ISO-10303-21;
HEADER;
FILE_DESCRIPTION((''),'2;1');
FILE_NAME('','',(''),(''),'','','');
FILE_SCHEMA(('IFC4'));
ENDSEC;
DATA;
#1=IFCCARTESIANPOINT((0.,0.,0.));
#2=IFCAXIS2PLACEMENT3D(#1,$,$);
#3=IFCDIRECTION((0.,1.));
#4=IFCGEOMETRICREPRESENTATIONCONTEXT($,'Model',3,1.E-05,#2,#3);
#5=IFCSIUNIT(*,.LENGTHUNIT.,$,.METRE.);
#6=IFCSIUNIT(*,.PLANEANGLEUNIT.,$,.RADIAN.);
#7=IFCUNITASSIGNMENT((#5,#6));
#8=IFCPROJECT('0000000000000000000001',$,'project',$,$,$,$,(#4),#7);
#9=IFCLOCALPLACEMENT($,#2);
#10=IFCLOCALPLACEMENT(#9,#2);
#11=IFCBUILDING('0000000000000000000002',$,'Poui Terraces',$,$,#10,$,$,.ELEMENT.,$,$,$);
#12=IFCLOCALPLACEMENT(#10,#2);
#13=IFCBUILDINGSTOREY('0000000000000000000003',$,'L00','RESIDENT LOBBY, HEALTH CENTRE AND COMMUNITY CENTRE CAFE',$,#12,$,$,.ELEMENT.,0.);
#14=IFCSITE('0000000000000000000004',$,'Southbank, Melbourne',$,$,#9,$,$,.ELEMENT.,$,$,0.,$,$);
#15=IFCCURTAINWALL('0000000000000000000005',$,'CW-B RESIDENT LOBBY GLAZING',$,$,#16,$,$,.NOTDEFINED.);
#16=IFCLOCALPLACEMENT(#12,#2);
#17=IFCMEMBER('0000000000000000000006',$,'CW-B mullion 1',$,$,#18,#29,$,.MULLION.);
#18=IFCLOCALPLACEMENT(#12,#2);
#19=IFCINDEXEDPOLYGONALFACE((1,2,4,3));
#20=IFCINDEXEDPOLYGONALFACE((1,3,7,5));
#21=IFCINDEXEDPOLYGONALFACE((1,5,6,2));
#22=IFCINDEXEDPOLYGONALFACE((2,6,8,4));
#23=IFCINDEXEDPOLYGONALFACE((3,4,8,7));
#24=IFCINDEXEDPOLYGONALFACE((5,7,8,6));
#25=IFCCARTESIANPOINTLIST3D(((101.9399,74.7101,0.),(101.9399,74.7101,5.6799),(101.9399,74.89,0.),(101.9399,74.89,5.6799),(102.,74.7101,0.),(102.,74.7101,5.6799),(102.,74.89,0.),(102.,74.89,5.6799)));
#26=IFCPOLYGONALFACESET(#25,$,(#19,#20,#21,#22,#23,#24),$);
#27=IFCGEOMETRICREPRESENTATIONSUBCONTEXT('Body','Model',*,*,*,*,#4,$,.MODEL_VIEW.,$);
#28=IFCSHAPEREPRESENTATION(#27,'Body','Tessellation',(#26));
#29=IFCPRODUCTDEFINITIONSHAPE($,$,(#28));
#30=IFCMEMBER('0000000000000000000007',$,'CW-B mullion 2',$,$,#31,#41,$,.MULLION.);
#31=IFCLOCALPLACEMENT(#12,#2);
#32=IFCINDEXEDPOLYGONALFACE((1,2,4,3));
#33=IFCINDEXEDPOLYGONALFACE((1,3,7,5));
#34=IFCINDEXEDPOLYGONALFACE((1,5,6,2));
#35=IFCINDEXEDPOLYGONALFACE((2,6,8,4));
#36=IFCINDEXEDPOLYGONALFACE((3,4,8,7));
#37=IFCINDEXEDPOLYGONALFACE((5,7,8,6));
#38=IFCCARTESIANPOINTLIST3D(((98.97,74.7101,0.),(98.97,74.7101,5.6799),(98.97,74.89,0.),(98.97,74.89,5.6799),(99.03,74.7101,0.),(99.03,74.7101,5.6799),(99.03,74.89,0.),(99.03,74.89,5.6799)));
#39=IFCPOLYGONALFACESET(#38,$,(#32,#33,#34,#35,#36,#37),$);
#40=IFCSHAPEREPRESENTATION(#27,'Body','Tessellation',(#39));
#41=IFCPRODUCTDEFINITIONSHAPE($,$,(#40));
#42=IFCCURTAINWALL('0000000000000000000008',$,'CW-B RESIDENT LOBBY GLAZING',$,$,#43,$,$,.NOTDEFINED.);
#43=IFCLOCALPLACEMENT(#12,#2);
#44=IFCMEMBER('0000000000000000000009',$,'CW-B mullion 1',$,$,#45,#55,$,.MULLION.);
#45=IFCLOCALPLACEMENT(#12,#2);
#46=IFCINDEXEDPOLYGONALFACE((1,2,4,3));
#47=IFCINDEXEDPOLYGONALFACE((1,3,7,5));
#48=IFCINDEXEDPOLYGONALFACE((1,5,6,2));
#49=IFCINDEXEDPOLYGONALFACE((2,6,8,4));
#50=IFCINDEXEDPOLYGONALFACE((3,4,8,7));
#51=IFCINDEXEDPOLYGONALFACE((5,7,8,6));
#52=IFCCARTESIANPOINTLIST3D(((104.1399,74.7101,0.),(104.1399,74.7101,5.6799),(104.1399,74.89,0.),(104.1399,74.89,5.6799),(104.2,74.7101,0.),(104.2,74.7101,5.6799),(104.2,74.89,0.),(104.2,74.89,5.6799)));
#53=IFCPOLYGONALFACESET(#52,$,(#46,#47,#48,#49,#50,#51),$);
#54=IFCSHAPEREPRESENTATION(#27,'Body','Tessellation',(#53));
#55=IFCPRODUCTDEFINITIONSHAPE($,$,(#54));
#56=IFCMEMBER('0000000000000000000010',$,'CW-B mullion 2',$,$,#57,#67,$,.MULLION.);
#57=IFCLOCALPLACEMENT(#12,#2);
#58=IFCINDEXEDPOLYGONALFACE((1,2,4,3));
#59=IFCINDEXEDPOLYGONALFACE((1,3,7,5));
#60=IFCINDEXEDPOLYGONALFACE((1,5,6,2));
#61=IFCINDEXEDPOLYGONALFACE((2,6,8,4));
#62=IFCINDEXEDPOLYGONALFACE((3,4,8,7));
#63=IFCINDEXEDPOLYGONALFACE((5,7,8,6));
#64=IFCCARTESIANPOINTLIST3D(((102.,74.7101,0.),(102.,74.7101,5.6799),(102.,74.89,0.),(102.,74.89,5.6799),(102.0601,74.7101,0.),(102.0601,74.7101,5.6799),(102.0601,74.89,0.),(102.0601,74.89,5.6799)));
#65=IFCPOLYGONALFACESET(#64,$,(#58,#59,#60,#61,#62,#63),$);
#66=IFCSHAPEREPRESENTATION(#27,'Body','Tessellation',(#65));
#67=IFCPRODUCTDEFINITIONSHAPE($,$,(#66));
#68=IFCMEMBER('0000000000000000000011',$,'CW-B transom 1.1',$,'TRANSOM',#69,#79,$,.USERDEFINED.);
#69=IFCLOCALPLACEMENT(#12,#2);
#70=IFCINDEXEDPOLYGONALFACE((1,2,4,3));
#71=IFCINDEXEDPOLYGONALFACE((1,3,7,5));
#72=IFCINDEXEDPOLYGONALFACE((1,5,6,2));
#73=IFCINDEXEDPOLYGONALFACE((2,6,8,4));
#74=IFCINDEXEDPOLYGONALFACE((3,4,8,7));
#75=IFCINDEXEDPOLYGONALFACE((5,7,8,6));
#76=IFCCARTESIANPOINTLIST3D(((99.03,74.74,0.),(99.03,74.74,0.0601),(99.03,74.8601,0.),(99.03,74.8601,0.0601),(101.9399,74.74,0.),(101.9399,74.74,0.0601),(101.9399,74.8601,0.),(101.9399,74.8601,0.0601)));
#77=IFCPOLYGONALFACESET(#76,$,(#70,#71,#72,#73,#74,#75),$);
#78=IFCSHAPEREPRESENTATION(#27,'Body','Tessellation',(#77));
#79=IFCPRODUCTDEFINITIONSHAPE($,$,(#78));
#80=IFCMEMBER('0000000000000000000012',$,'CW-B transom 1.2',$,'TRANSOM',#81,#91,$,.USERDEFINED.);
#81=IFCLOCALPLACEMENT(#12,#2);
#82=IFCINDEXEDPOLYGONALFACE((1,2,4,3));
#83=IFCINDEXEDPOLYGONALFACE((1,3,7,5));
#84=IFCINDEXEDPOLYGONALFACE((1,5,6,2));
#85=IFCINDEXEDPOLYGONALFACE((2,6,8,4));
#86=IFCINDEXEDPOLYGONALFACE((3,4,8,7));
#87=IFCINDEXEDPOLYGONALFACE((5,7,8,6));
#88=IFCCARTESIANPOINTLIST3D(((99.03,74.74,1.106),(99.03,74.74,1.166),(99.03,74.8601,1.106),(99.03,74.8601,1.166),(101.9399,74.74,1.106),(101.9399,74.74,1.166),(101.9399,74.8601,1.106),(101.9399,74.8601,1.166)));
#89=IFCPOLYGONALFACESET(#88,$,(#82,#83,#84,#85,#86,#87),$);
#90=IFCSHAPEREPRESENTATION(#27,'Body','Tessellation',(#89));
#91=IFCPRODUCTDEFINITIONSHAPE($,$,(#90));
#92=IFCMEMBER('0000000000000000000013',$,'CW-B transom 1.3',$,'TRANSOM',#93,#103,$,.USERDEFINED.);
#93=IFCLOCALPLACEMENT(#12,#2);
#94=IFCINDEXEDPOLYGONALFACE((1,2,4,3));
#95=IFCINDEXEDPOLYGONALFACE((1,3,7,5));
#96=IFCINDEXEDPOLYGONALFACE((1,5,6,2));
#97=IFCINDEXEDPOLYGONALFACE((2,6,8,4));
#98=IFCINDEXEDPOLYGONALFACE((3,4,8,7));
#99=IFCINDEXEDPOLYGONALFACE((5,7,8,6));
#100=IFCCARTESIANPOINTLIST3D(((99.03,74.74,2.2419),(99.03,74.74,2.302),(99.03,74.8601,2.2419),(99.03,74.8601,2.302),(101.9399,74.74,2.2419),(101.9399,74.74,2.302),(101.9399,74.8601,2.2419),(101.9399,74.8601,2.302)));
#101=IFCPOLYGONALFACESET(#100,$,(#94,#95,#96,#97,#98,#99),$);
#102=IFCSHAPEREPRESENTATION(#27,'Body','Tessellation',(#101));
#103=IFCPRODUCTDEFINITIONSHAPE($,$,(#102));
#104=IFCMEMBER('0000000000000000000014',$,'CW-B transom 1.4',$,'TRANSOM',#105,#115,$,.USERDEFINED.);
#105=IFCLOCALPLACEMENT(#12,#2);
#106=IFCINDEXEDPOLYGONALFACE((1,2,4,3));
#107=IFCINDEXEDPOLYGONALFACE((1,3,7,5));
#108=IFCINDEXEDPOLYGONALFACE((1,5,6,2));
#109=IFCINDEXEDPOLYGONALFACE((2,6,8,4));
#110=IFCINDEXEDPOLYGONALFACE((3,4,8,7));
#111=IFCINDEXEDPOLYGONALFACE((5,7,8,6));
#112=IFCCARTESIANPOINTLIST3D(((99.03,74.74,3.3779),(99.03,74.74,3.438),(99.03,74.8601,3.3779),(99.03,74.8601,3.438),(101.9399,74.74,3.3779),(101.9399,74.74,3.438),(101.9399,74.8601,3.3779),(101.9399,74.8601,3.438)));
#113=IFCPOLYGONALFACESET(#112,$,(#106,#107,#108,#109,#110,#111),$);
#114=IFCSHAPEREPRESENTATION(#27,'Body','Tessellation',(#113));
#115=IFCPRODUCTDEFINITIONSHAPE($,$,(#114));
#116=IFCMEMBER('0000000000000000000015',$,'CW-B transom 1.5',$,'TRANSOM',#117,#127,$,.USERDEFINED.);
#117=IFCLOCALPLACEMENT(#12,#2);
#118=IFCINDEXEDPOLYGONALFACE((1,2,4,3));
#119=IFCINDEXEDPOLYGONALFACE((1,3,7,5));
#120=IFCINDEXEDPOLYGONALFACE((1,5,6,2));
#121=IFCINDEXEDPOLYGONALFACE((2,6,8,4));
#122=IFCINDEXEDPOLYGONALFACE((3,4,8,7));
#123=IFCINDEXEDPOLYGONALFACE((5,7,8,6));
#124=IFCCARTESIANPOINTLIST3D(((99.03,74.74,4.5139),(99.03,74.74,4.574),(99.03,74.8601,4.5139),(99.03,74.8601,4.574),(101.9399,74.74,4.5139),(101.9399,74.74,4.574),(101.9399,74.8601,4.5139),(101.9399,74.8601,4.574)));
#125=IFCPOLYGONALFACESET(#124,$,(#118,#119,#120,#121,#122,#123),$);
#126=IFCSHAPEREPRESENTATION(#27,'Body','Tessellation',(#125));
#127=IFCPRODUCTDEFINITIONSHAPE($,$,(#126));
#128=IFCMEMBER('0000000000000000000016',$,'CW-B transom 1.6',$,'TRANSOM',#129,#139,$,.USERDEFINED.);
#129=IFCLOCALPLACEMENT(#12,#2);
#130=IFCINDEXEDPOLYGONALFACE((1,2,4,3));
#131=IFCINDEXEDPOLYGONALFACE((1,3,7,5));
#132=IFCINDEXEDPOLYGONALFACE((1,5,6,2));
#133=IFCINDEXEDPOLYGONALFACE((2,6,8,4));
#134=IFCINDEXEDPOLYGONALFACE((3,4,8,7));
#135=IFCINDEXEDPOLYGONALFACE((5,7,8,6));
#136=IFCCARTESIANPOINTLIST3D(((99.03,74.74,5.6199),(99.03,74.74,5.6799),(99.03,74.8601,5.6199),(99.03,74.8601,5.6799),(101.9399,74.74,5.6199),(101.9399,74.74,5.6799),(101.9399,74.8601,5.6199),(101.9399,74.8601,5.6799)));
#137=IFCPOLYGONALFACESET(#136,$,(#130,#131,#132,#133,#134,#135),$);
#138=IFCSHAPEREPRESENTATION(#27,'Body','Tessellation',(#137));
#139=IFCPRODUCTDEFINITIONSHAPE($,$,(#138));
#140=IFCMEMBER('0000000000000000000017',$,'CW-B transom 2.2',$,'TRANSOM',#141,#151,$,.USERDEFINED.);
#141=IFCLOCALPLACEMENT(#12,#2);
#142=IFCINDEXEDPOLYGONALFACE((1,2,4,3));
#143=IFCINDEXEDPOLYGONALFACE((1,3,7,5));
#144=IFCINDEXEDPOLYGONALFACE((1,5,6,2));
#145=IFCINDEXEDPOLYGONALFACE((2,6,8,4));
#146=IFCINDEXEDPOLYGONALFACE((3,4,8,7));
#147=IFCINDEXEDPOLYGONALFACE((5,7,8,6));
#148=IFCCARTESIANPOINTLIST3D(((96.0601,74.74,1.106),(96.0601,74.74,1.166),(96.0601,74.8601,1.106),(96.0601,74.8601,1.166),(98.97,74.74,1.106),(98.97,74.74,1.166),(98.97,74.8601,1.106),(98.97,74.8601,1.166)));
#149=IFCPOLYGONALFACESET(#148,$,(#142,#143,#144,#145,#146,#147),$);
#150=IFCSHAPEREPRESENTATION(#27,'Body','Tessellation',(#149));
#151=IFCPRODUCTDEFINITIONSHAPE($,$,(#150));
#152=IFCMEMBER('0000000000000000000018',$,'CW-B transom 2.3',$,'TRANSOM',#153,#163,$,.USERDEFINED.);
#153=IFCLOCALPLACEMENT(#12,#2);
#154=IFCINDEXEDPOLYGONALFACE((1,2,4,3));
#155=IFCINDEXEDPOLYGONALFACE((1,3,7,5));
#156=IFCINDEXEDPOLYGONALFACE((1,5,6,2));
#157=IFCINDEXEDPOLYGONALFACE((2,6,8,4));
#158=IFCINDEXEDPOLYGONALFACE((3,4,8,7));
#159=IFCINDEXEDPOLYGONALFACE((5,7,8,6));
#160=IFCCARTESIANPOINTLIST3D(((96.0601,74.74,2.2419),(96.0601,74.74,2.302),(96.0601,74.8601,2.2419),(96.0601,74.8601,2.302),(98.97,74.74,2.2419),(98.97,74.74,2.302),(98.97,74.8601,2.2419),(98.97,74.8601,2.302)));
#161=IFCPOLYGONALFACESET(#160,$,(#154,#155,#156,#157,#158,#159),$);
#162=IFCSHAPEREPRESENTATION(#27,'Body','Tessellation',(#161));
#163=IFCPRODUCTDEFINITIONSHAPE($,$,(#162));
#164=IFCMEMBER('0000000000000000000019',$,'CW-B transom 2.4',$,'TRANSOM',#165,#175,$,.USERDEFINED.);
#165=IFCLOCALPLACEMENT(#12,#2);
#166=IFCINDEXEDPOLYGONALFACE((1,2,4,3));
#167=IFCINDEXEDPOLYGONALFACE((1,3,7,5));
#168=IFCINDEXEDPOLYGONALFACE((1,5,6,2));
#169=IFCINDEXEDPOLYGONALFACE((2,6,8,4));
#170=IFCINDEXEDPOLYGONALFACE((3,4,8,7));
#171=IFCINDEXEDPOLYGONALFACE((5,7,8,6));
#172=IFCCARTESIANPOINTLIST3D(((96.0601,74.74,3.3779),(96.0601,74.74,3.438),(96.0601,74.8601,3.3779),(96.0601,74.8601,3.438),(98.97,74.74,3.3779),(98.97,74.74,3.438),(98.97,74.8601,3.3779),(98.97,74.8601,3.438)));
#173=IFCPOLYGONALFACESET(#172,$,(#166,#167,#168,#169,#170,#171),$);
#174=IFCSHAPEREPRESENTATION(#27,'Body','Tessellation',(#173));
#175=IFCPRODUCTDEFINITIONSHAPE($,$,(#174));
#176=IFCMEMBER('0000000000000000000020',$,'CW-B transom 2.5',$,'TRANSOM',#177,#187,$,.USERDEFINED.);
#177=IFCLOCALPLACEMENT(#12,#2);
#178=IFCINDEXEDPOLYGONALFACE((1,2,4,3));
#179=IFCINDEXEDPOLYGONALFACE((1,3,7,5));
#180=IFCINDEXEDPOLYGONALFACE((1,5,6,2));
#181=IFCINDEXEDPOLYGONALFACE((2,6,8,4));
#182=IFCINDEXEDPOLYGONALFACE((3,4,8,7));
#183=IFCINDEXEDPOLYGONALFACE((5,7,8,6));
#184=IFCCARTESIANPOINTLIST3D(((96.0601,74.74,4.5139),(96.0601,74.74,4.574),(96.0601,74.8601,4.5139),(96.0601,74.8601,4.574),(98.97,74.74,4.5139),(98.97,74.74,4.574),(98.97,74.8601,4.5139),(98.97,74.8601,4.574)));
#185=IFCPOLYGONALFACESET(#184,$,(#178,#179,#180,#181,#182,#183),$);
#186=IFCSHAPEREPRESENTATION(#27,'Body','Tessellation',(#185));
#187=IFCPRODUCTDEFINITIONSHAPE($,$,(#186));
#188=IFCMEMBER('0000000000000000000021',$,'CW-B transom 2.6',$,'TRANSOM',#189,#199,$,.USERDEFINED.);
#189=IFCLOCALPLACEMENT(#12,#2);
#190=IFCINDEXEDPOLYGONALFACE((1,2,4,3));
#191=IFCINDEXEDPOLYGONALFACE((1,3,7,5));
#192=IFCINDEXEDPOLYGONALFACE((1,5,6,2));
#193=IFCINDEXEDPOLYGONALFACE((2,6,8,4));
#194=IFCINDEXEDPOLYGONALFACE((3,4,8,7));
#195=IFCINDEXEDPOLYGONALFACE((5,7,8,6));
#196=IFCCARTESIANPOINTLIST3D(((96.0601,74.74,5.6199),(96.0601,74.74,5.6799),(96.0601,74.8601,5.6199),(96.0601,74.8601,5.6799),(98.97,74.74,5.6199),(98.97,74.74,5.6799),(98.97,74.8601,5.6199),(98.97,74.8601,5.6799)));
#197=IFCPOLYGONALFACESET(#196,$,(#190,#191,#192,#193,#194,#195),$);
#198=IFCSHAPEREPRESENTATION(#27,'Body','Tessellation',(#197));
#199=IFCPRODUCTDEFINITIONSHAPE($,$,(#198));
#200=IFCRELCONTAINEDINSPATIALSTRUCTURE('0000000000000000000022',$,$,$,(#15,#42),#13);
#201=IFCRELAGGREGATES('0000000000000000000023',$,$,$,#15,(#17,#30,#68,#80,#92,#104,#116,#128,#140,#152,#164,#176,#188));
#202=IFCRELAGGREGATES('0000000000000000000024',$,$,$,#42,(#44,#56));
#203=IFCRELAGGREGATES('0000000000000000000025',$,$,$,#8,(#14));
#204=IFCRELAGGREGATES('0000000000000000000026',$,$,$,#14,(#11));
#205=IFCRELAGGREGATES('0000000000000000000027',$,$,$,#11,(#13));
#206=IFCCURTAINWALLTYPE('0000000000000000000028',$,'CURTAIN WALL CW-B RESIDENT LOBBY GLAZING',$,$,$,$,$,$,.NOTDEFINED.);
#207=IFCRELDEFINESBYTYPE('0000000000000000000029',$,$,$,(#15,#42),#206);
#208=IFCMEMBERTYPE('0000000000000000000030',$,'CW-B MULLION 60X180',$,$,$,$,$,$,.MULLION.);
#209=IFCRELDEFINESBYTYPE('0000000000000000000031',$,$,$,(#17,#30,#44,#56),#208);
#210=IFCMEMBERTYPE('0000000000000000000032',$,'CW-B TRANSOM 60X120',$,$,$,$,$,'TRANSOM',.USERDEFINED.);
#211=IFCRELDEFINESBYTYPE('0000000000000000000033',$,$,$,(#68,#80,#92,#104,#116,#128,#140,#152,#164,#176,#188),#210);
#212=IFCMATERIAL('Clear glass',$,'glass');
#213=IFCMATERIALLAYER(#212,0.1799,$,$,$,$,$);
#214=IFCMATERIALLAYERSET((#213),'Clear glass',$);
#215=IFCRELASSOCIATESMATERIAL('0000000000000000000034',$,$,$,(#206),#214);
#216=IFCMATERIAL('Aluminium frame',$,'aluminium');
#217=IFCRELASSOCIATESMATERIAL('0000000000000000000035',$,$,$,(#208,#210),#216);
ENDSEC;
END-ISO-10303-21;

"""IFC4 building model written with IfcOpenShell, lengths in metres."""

from ifc_helpers import new_model, si_unit, direction, frame, origin, origin_2d, place, context, subcontext, project, spatial, rectangle, extrude, material, layer, layer_set, material_profile, profile_set, type_object, element, aggregate, save


model = new_model("IFC4")

# Units and contexts
model_context = context("Model", 3, precision=1e-05, world=origin(), true_north=direction((0.0, 1.0)))
body_context = subcontext(model_context, "Body", "Model", "MODEL_VIEW")
ifc_project = project(units=[si_unit("LENGTHUNIT", "METRE"), si_unit("PLANEANGLEUNIT", "RADIAN")], contexts=[model_context])

# Site, building, storey
site_placement = place(None, origin())
site = spatial("IfcSite", under=ifc_project, at=site_placement, Name="Southbank, Melbourne", CompositionType="ELEMENT", RefElevation=0.0)
building_placement = place(site_placement, origin())
building = spatial("IfcBuilding", under=site, at=building_placement, Name="Poui Terraces", CompositionType="ELEMENT")
storey_placement = place(building_placement, origin())
storey = spatial("IfcBuildingStorey", under=building, at=storey_placement, Name="L00", Description="RESIDENT LOBBY, HEALTH CENTRE AND COMMUNITY CENTRE CAFE", CompositionType="ELEMENT", Elevation=0.0)

# Curtain walls, members
ifc_material_1 = material(Name="Clear glass", Category="glass")
ifc_layer_1 = layer(ifc_material_1, 0.1799)
ifc_layer_set_1 = layer_set([ifc_layer_1], Name="Clear glass")
curtain_wall_type = type_object("IfcCurtainWallType", Name="CURTAIN WALL CW-B RESIDENT LOBBY GLAZING", PredefinedType="NOTDEFINED", material=ifc_layer_set_1)
curtain_wall_1_placement = place(storey_placement, origin())
curtain_wall_1 = element("IfcCurtainWall", 1, at=curtain_wall_1_placement, inside=storey, type_object=curtain_wall_type, Name="CW-B RESIDENT LOBBY GLAZING", PredefinedType="NOTDEFINED")
ifc_material_2 = material(Name="Aluminium frame", Category="aluminium")
ifc_material_profile_1 = material_profile(ifc_material_2, rectangle(XDim=0.1799, YDim=0.0601, at=origin_2d()), Name="CW-B MULLION 60X180")
ifc_profile_set_1 = profile_set([ifc_material_profile_1], Name="Aluminium frame")
member_type_1 = type_object("IfcMemberType", Name="CW-B MULLION 60X180", PredefinedType="MULLION", material=ifc_profile_set_1)
member_1_placement = place(storey_placement, frame((101.97, 74.8, 0.0), z_axis=(0.0, 0.0, 1.0), x_axis=(0.0, -1.0, 0.0)))
member_1 = element("IfcMember", 2, at=member_1_placement, type_object=member_type_1, Name="CW-B mullion 1", PredefinedType="MULLION", context=body_context, shape_type="SweptSolid", body=[
    extrude(rectangle(XDim=0.1799, YDim=0.0601, at=origin_2d()), origin(), (0.0, 0.0, 1.0), 5.6799),
])
member_2_placement = place(storey_placement, frame((99.0, 74.8, 0.0), z_axis=(0.0, 0.0, 1.0), x_axis=(0.0, -1.0, 0.0)))
member_2 = element("IfcMember", 3, at=member_2_placement, type_object=member_type_1, Name="CW-B mullion 2", PredefinedType="MULLION", context=body_context, shape_type="SweptSolid", body=[
    extrude(rectangle(XDim=0.1799, YDim=0.0601, at=origin_2d()), origin(), (0.0, 0.0, 1.0), 5.6799),
])
curtain_wall_2_placement = place(storey_placement, origin())
curtain_wall_2 = element("IfcCurtainWall", 4, at=curtain_wall_2_placement, inside=storey, type_object=curtain_wall_type, Name="CW-B RESIDENT LOBBY GLAZING", PredefinedType="NOTDEFINED")
member_3_placement = place(storey_placement, frame((104.1699, 74.8, 0.0), z_axis=(0.0, 0.0, 1.0), x_axis=(0.0, -1.0, 0.0)))
member_3 = element("IfcMember", 5, at=member_3_placement, type_object=member_type_1, Name="CW-B mullion 1", PredefinedType="MULLION", context=body_context, shape_type="SweptSolid", body=[
    extrude(rectangle(XDim=0.1799, YDim=0.0601, at=origin_2d()), origin(), (0.0, 0.0, 1.0), 5.6799),
])
member_4_placement = place(storey_placement, frame((102.03, 74.8, 0.0), z_axis=(0.0, 0.0, 1.0), x_axis=(0.0, -1.0, 0.0)))
member_4 = element("IfcMember", 6, at=member_4_placement, type_object=member_type_1, Name="CW-B mullion 2", PredefinedType="MULLION", context=body_context, shape_type="SweptSolid", body=[
    extrude(rectangle(XDim=0.1799, YDim=0.0601, at=origin_2d()), origin(), (0.0, 0.0, 1.0), 5.6799),
])

# Members
ifc_material_profile_2 = material_profile(ifc_material_2, rectangle(XDim=0.1201, YDim=0.0601, at=origin_2d()), Name="CW-B TRANSOM 60X120")
ifc_profile_set_2 = profile_set([ifc_material_profile_2], Name="Aluminium frame")
member_type_2 = type_object("IfcMemberType", Name="CW-B TRANSOM 60X120", ElementType="TRANSOM", PredefinedType="USERDEFINED", material=ifc_profile_set_2)
member_5_placement = place(storey_placement, frame((101.9399, 74.8, 0.03), z_axis=(-1.0, 0.0, 0.0), x_axis=(0.0, -1.0, 0.0)))
member_5 = element("IfcMember", 7, at=member_5_placement, type_object=member_type_2, Name="CW-B transom 1.1", ObjectType="TRANSOM", PredefinedType="USERDEFINED", context=body_context, shape_type="SweptSolid", body=[
    extrude(rectangle(XDim=0.1201, YDim=0.0601, at=origin_2d()), origin(), (0.0, 0.0, 1.0), 2.9099),
])
member_6_placement = place(storey_placement, frame((101.9399, 74.8, 1.136), z_axis=(-1.0, 0.0, 0.0), x_axis=(0.0, -1.0, 0.0)))
member_6 = element("IfcMember", 8, at=member_6_placement, type_object=member_type_2, Name="CW-B transom 1.2", ObjectType="TRANSOM", PredefinedType="USERDEFINED", context=body_context, shape_type="SweptSolid", body=[
    extrude(rectangle(XDim=0.1201, YDim=0.0601, at=origin_2d()), origin(), (0.0, 0.0, 1.0), 2.9099),
])
member_7_placement = place(storey_placement, frame((101.9399, 74.8, 2.272), z_axis=(-1.0, 0.0, 0.0), x_axis=(0.0, -1.0, 0.0)))
member_7 = element("IfcMember", 9, at=member_7_placement, type_object=member_type_2, Name="CW-B transom 1.3", ObjectType="TRANSOM", PredefinedType="USERDEFINED", context=body_context, shape_type="SweptSolid", body=[
    extrude(rectangle(XDim=0.1201, YDim=0.0601, at=origin_2d()), origin(), (0.0, 0.0, 1.0), 2.9099),
])
member_8_placement = place(storey_placement, frame((101.9399, 74.8, 3.408), z_axis=(-1.0, 0.0, 0.0), x_axis=(0.0, -1.0, 0.0)))
member_8 = element("IfcMember", 10, at=member_8_placement, type_object=member_type_2, Name="CW-B transom 1.4", ObjectType="TRANSOM", PredefinedType="USERDEFINED", context=body_context, shape_type="SweptSolid", body=[
    extrude(rectangle(XDim=0.1201, YDim=0.0601, at=origin_2d()), origin(), (0.0, 0.0, 1.0), 2.9099),
])
member_9_placement = place(storey_placement, frame((101.9399, 74.8, 4.5439), z_axis=(-1.0, 0.0, 0.0), x_axis=(0.0, -1.0, 0.0)))
member_9 = element("IfcMember", 11, at=member_9_placement, type_object=member_type_2, Name="CW-B transom 1.5", ObjectType="TRANSOM", PredefinedType="USERDEFINED", context=body_context, shape_type="SweptSolid", body=[
    extrude(rectangle(XDim=0.1201, YDim=0.0601, at=origin_2d()), origin(), (0.0, 0.0, 1.0), 2.9099),
])
member_10_placement = place(storey_placement, frame((101.9399, 74.8, 5.6499), z_axis=(-1.0, 0.0, 0.0), x_axis=(0.0, -1.0, 0.0)))
member_10 = element("IfcMember", 12, at=member_10_placement, type_object=member_type_2, Name="CW-B transom 1.6", ObjectType="TRANSOM", PredefinedType="USERDEFINED", context=body_context, shape_type="SweptSolid", body=[
    extrude(rectangle(XDim=0.1201, YDim=0.0601, at=origin_2d()), origin(), (0.0, 0.0, 1.0), 2.9099),
])
member_11_placement = place(storey_placement, frame((98.97, 74.8, 1.136), z_axis=(-1.0, 0.0, 0.0), x_axis=(0.0, -1.0, 0.0)))
member_11 = element("IfcMember", 13, at=member_11_placement, type_object=member_type_2, Name="CW-B transom 2.2", ObjectType="TRANSOM", PredefinedType="USERDEFINED", context=body_context, shape_type="SweptSolid", body=[
    extrude(rectangle(XDim=0.1201, YDim=0.0601, at=origin_2d()), origin(), (0.0, 0.0, 1.0), 2.9099),
])
member_12_placement = place(storey_placement, frame((98.97, 74.8, 2.272), z_axis=(-1.0, 0.0, 0.0), x_axis=(0.0, -1.0, 0.0)))
member_12 = element("IfcMember", 14, at=member_12_placement, type_object=member_type_2, Name="CW-B transom 2.3", ObjectType="TRANSOM", PredefinedType="USERDEFINED", context=body_context, shape_type="SweptSolid", body=[
    extrude(rectangle(XDim=0.1201, YDim=0.0601, at=origin_2d()), origin(), (0.0, 0.0, 1.0), 2.9099),
])
member_13_placement = place(storey_placement, frame((98.97, 74.8, 3.408), z_axis=(-1.0, 0.0, 0.0), x_axis=(0.0, -1.0, 0.0)))
member_13 = element("IfcMember", 15, at=member_13_placement, type_object=member_type_2, Name="CW-B transom 2.4", ObjectType="TRANSOM", PredefinedType="USERDEFINED", context=body_context, shape_type="SweptSolid", body=[
    extrude(rectangle(XDim=0.1201, YDim=0.0601, at=origin_2d()), origin(), (0.0, 0.0, 1.0), 2.9099),
])
member_14_placement = place(storey_placement, frame((98.97, 74.8, 4.5439), z_axis=(-1.0, 0.0, 0.0), x_axis=(0.0, -1.0, 0.0)))
member_14 = element("IfcMember", 16, at=member_14_placement, type_object=member_type_2, Name="CW-B transom 2.5", ObjectType="TRANSOM", PredefinedType="USERDEFINED", context=body_context, shape_type="SweptSolid", body=[
    extrude(rectangle(XDim=0.1201, YDim=0.0601, at=origin_2d()), origin(), (0.0, 0.0, 1.0), 2.9099),
])
member_15_placement = place(storey_placement, frame((98.97, 74.8, 5.6499), z_axis=(-1.0, 0.0, 0.0), x_axis=(0.0, -1.0, 0.0)))
member_15 = element("IfcMember", 17, at=member_15_placement, type_object=member_type_2, Name="CW-B transom 2.6", ObjectType="TRANSOM", PredefinedType="USERDEFINED", context=body_context, shape_type="SweptSolid", body=[
    extrude(rectangle(XDim=0.1201, YDim=0.0601, at=origin_2d()), origin(), (0.0, 0.0, 1.0), 2.9099),
])

aggregate(curtain_wall_1, [member_1, member_2, member_5, member_6, member_7, member_8, member_9, member_10, member_11, member_12, member_13, member_14, member_15])
aggregate(curtain_wall_2, [member_3, member_4])

save(model, "model.ifc")
